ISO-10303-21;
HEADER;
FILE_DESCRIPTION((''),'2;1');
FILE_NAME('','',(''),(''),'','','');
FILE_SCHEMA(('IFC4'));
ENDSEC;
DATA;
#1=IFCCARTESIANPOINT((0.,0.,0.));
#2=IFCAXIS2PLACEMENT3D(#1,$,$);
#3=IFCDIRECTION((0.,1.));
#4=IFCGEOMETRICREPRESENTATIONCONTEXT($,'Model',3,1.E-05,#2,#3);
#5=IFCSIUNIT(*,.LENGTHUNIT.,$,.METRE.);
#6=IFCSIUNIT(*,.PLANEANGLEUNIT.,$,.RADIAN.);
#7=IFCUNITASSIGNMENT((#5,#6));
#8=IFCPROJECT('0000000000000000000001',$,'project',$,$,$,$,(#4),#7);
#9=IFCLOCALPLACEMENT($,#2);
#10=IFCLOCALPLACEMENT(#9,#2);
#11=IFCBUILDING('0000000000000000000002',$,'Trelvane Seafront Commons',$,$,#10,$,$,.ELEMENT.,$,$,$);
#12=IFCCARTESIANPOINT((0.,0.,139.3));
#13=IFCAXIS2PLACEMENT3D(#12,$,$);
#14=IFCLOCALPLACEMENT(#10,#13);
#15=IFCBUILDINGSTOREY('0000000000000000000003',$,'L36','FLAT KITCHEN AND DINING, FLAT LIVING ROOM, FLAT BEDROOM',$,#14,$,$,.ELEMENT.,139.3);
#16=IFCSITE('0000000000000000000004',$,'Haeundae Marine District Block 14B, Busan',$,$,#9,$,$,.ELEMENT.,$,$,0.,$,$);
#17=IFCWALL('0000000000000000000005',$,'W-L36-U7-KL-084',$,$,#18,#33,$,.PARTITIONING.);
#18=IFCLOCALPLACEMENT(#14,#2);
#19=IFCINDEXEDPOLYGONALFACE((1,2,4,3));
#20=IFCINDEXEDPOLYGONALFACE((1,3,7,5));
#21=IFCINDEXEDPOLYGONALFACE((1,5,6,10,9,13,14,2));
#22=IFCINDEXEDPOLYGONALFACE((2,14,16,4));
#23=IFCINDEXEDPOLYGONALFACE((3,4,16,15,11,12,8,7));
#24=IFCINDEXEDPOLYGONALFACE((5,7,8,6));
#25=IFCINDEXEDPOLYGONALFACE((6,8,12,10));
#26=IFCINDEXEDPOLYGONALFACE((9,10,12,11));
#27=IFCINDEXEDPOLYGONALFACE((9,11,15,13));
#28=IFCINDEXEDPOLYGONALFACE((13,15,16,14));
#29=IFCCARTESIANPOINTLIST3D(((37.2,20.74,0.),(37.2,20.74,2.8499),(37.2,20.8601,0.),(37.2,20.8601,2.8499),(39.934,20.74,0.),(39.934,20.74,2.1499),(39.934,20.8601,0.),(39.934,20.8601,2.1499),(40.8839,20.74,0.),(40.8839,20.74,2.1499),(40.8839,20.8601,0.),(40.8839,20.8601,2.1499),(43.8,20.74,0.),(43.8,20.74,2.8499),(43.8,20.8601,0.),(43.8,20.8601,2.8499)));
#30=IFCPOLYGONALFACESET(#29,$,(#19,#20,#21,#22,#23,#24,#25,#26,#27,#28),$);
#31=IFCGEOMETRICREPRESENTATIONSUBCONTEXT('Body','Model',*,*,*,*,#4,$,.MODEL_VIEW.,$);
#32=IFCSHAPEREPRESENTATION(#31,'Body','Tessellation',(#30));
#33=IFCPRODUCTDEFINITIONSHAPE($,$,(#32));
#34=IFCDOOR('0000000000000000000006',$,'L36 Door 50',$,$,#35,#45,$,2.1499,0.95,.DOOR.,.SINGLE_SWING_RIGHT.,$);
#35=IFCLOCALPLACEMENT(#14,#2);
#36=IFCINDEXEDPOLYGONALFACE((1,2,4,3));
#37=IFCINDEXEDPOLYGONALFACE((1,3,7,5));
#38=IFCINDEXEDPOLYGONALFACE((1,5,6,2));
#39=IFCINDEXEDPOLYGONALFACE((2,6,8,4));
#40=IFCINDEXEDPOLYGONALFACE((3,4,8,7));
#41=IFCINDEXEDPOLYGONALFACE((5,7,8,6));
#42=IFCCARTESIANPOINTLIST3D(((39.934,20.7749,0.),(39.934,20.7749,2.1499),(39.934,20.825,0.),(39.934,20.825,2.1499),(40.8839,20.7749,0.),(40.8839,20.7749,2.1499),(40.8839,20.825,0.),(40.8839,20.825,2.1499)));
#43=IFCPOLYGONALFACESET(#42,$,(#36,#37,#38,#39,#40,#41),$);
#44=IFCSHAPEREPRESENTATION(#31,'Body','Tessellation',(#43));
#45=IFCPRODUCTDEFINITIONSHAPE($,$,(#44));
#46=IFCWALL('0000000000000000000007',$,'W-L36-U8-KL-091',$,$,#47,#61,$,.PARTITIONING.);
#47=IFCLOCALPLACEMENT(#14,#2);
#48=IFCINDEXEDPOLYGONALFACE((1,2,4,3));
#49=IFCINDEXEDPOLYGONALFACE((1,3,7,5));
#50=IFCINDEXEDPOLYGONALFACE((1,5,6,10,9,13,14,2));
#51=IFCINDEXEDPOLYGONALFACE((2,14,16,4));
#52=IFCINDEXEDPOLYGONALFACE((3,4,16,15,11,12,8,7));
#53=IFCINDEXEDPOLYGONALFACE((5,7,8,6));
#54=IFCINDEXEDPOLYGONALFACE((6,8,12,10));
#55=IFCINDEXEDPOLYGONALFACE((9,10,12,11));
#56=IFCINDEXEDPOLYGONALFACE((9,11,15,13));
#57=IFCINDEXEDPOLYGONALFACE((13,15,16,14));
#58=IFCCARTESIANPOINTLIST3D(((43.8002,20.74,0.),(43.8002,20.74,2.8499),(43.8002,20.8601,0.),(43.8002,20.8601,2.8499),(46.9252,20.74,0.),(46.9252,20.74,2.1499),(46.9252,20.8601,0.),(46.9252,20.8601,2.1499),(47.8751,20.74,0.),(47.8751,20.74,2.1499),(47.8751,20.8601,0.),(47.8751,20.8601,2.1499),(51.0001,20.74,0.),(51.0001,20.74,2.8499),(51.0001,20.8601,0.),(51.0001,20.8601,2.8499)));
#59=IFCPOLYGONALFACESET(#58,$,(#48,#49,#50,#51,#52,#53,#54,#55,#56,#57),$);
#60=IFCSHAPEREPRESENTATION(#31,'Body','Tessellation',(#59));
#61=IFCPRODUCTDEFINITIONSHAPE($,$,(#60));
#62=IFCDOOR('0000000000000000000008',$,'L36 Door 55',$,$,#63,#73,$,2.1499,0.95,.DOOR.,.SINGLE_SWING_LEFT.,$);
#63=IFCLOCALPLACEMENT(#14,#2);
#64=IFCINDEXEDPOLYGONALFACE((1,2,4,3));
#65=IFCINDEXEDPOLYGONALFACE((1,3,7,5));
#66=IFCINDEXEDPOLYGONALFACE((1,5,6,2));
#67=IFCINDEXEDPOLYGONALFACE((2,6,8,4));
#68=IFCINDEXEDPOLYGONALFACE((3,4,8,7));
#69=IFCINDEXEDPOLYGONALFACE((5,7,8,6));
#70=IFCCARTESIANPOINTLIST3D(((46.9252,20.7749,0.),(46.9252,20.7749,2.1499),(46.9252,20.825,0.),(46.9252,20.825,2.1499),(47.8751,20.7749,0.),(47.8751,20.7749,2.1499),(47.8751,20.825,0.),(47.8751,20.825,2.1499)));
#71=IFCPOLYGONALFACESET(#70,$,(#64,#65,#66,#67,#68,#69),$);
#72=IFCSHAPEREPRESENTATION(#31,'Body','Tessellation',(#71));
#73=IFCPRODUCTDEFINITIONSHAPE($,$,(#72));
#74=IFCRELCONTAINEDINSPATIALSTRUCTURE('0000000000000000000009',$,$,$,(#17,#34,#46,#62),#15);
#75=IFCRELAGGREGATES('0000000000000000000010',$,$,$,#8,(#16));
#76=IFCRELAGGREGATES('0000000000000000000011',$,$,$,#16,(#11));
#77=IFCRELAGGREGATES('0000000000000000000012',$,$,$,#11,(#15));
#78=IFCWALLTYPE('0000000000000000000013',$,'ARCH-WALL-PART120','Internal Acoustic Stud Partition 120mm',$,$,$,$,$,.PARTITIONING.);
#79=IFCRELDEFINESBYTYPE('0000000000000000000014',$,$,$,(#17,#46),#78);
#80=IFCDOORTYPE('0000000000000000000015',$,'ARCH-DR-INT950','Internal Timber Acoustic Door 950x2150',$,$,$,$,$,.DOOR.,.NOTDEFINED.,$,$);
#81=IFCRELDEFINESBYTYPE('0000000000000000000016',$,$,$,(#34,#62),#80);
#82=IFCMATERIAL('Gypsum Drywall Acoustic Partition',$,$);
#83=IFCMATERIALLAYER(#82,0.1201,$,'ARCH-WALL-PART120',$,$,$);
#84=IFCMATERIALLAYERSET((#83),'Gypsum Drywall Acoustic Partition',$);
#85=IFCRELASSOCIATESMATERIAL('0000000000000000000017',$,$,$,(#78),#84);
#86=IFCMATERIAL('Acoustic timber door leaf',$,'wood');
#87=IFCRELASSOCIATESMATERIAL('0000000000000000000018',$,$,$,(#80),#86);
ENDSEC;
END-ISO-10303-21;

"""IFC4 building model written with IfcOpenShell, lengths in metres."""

from ifc_helpers import new_model, si_unit, direction, frame, frame_2d, origin, place, context, subcontext, project, spatial, rectangle, extrude, source, transform, mapped, material, layer, layer_set, type_object, element, fill, save


model = new_model("IFC4")

# Units and contexts
model_context = context("Model", 3, precision=1e-05, world=origin(), true_north=direction((0.0, 1.0)))
body_context = subcontext(model_context, "Body", "Model", "MODEL_VIEW")
ifc_project = project(units=[si_unit("LENGTHUNIT", "METRE"), si_unit("PLANEANGLEUNIT", "RADIAN")], contexts=[model_context])

# Site, building, storey
site_placement = place(None, origin())
site = spatial("IfcSite", under=ifc_project, at=site_placement, Name="Haeundae Marine District Block 14B, Busan", CompositionType="ELEMENT", RefElevation=0.0)
building_placement = place(site_placement, origin())
building = spatial("IfcBuilding", under=site, at=building_placement, Name="Trelvane Seafront Commons", CompositionType="ELEMENT")
storey_placement = place(building_placement, frame((0.0, 0.0, 139.3)))
storey = spatial("IfcBuildingStorey", under=building, at=storey_placement, Name="L36", Description="FLAT KITCHEN AND DINING, FLAT LIVING ROOM, FLAT BEDROOM", CompositionType="ELEMENT", Elevation=139.3)

# Walls, openings, doors
ifc_material_1 = material(Name="Gypsum Drywall Acoustic Partition")
ifc_layer = layer(ifc_material_1, 0.1201, Name="ARCH-WALL-PART120")
ifc_layer_set = layer_set([ifc_layer], Name="Gypsum Drywall Acoustic Partition")
wall_type = type_object("IfcWallType", Name="ARCH-WALL-PART120", Description="Internal Acoustic Stud Partition 120mm", PredefinedType="PARTITIONING", material=ifc_layer_set)
wall_1_placement = place(storey_placement, frame((37.2, 20.8, 0.0), z_axis=(0.0, 0.0, 1.0), x_axis=(1.0, 0.0, 0.0)))
wall_1 = element("IfcWall", 1, at=wall_1_placement, inside=storey, type_object=wall_type, Name="W-L36-U7-KL-084", PredefinedType="PARTITIONING", context=body_context, shape_type="SweptSolid", body=[
    extrude(rectangle(XDim=6.6001, YDim=0.1201, at=frame_2d((3.3, 0.0))), origin(), (0.0, 0.0, 1.0), 2.8499),
])
opening_1_placement = place(wall_1_placement, frame((2.7339, 0.0, 0.0)))
opening_1 = element("IfcOpeningElement", 2, at=opening_1_placement, cuts=wall_1, PredefinedType="OPENING", context=body_context, shape_type="SweptSolid", body=[
    extrude(rectangle(XDim=0.95, YDim=2.1499, at=frame_2d((0.4751, 1.075))), frame((0.0, 0.0701, 0.0), z_axis=(0.0, -1.0, 0.0), x_axis=(1.0, 0.0, 0.0)), (0.0, 0.0, 1.0), 0.1401),
])
ifc_material_2 = material(Name="Acoustic timber door leaf", Category="wood")
door_type = type_object("IfcDoorType", Name="ARCH-DR-INT950", Description="Internal Timber Acoustic Door 950x2150", OperationType="NOTDEFINED", PredefinedType="DOOR", material=ifc_material_2)
shared_shape_1 = source(origin(), body_context, "Body", "SweptSolid", [
    extrude(rectangle(XDim=0.95, YDim=2.1499, at=frame_2d((0.4751, 1.075))), frame((0.0, 0.0249, 0.0), z_axis=(0.0, -1.0, 0.0), x_axis=(1.0, 0.0, 0.0)), (0.0, 0.0, 1.0), 0.05),
])
door_1_placement = place(opening_1_placement, origin())
door_1 = element("IfcDoor", 3, at=door_1_placement, inside=storey, type_object=door_type, Name="L36 Door 50", OperationType="SINGLE_SWING_RIGHT", OverallHeight=2.1499, OverallWidth=0.95, PredefinedType="DOOR", context=body_context, shape_type="MappedRepresentation", body=[
    mapped(shared_shape_1, transform((0.0, 0.0, 0.0), x_axis=(1.0, 0.0, 0.0), y_axis=(0.0, 1.0, 0.0), z_axis=(0.0, 0.0, 1.0), scale=1.0)),
])
fill(opening_1, door_1)
wall_2_placement = place(storey_placement, frame((43.8, 20.8, 0.0), z_axis=(0.0, 0.0, 1.0), x_axis=(1.0, 0.0, 0.0)))
wall_2 = element("IfcWall", 4, at=wall_2_placement, inside=storey, type_object=wall_type, Name="W-L36-U8-KL-091", PredefinedType="PARTITIONING", context=body_context, shape_type="SweptSolid", body=[
    extrude(rectangle(XDim=7.2, YDim=0.1201, at=frame_2d((3.6001, 0.0))), origin(), (0.0, 0.0, 1.0), 2.8499),
])
opening_2_placement = place(wall_2_placement, frame((3.125, 0.0, 0.0)))
opening_2 = element("IfcOpeningElement", 5, at=opening_2_placement, cuts=wall_2, PredefinedType="OPENING", context=body_context, shape_type="SweptSolid", body=[
    extrude(rectangle(XDim=0.95, YDim=2.1499, at=frame_2d((0.4751, 1.075))), frame((0.0, 0.0701, 0.0), z_axis=(0.0, -1.0, 0.0), x_axis=(1.0, 0.0, 0.0)), (0.0, 0.0, 1.0), 0.1401),
])
door_2_placement = place(opening_2_placement, origin())
door_2 = element("IfcDoor", 6, at=door_2_placement, inside=storey, type_object=door_type, Name="L36 Door 55", OperationType="SINGLE_SWING_LEFT", OverallHeight=2.1499, OverallWidth=0.95, PredefinedType="DOOR", context=body_context, shape_type="MappedRepresentation", body=[
    mapped(shared_shape_1, transform((0.0, 0.0, 0.0), x_axis=(1.0, 0.0, 0.0), y_axis=(0.0, 1.0, 0.0), z_axis=(0.0, 0.0, 1.0), scale=1.0)),
])
fill(opening_2, door_2)

save(model, "model.ifc")
